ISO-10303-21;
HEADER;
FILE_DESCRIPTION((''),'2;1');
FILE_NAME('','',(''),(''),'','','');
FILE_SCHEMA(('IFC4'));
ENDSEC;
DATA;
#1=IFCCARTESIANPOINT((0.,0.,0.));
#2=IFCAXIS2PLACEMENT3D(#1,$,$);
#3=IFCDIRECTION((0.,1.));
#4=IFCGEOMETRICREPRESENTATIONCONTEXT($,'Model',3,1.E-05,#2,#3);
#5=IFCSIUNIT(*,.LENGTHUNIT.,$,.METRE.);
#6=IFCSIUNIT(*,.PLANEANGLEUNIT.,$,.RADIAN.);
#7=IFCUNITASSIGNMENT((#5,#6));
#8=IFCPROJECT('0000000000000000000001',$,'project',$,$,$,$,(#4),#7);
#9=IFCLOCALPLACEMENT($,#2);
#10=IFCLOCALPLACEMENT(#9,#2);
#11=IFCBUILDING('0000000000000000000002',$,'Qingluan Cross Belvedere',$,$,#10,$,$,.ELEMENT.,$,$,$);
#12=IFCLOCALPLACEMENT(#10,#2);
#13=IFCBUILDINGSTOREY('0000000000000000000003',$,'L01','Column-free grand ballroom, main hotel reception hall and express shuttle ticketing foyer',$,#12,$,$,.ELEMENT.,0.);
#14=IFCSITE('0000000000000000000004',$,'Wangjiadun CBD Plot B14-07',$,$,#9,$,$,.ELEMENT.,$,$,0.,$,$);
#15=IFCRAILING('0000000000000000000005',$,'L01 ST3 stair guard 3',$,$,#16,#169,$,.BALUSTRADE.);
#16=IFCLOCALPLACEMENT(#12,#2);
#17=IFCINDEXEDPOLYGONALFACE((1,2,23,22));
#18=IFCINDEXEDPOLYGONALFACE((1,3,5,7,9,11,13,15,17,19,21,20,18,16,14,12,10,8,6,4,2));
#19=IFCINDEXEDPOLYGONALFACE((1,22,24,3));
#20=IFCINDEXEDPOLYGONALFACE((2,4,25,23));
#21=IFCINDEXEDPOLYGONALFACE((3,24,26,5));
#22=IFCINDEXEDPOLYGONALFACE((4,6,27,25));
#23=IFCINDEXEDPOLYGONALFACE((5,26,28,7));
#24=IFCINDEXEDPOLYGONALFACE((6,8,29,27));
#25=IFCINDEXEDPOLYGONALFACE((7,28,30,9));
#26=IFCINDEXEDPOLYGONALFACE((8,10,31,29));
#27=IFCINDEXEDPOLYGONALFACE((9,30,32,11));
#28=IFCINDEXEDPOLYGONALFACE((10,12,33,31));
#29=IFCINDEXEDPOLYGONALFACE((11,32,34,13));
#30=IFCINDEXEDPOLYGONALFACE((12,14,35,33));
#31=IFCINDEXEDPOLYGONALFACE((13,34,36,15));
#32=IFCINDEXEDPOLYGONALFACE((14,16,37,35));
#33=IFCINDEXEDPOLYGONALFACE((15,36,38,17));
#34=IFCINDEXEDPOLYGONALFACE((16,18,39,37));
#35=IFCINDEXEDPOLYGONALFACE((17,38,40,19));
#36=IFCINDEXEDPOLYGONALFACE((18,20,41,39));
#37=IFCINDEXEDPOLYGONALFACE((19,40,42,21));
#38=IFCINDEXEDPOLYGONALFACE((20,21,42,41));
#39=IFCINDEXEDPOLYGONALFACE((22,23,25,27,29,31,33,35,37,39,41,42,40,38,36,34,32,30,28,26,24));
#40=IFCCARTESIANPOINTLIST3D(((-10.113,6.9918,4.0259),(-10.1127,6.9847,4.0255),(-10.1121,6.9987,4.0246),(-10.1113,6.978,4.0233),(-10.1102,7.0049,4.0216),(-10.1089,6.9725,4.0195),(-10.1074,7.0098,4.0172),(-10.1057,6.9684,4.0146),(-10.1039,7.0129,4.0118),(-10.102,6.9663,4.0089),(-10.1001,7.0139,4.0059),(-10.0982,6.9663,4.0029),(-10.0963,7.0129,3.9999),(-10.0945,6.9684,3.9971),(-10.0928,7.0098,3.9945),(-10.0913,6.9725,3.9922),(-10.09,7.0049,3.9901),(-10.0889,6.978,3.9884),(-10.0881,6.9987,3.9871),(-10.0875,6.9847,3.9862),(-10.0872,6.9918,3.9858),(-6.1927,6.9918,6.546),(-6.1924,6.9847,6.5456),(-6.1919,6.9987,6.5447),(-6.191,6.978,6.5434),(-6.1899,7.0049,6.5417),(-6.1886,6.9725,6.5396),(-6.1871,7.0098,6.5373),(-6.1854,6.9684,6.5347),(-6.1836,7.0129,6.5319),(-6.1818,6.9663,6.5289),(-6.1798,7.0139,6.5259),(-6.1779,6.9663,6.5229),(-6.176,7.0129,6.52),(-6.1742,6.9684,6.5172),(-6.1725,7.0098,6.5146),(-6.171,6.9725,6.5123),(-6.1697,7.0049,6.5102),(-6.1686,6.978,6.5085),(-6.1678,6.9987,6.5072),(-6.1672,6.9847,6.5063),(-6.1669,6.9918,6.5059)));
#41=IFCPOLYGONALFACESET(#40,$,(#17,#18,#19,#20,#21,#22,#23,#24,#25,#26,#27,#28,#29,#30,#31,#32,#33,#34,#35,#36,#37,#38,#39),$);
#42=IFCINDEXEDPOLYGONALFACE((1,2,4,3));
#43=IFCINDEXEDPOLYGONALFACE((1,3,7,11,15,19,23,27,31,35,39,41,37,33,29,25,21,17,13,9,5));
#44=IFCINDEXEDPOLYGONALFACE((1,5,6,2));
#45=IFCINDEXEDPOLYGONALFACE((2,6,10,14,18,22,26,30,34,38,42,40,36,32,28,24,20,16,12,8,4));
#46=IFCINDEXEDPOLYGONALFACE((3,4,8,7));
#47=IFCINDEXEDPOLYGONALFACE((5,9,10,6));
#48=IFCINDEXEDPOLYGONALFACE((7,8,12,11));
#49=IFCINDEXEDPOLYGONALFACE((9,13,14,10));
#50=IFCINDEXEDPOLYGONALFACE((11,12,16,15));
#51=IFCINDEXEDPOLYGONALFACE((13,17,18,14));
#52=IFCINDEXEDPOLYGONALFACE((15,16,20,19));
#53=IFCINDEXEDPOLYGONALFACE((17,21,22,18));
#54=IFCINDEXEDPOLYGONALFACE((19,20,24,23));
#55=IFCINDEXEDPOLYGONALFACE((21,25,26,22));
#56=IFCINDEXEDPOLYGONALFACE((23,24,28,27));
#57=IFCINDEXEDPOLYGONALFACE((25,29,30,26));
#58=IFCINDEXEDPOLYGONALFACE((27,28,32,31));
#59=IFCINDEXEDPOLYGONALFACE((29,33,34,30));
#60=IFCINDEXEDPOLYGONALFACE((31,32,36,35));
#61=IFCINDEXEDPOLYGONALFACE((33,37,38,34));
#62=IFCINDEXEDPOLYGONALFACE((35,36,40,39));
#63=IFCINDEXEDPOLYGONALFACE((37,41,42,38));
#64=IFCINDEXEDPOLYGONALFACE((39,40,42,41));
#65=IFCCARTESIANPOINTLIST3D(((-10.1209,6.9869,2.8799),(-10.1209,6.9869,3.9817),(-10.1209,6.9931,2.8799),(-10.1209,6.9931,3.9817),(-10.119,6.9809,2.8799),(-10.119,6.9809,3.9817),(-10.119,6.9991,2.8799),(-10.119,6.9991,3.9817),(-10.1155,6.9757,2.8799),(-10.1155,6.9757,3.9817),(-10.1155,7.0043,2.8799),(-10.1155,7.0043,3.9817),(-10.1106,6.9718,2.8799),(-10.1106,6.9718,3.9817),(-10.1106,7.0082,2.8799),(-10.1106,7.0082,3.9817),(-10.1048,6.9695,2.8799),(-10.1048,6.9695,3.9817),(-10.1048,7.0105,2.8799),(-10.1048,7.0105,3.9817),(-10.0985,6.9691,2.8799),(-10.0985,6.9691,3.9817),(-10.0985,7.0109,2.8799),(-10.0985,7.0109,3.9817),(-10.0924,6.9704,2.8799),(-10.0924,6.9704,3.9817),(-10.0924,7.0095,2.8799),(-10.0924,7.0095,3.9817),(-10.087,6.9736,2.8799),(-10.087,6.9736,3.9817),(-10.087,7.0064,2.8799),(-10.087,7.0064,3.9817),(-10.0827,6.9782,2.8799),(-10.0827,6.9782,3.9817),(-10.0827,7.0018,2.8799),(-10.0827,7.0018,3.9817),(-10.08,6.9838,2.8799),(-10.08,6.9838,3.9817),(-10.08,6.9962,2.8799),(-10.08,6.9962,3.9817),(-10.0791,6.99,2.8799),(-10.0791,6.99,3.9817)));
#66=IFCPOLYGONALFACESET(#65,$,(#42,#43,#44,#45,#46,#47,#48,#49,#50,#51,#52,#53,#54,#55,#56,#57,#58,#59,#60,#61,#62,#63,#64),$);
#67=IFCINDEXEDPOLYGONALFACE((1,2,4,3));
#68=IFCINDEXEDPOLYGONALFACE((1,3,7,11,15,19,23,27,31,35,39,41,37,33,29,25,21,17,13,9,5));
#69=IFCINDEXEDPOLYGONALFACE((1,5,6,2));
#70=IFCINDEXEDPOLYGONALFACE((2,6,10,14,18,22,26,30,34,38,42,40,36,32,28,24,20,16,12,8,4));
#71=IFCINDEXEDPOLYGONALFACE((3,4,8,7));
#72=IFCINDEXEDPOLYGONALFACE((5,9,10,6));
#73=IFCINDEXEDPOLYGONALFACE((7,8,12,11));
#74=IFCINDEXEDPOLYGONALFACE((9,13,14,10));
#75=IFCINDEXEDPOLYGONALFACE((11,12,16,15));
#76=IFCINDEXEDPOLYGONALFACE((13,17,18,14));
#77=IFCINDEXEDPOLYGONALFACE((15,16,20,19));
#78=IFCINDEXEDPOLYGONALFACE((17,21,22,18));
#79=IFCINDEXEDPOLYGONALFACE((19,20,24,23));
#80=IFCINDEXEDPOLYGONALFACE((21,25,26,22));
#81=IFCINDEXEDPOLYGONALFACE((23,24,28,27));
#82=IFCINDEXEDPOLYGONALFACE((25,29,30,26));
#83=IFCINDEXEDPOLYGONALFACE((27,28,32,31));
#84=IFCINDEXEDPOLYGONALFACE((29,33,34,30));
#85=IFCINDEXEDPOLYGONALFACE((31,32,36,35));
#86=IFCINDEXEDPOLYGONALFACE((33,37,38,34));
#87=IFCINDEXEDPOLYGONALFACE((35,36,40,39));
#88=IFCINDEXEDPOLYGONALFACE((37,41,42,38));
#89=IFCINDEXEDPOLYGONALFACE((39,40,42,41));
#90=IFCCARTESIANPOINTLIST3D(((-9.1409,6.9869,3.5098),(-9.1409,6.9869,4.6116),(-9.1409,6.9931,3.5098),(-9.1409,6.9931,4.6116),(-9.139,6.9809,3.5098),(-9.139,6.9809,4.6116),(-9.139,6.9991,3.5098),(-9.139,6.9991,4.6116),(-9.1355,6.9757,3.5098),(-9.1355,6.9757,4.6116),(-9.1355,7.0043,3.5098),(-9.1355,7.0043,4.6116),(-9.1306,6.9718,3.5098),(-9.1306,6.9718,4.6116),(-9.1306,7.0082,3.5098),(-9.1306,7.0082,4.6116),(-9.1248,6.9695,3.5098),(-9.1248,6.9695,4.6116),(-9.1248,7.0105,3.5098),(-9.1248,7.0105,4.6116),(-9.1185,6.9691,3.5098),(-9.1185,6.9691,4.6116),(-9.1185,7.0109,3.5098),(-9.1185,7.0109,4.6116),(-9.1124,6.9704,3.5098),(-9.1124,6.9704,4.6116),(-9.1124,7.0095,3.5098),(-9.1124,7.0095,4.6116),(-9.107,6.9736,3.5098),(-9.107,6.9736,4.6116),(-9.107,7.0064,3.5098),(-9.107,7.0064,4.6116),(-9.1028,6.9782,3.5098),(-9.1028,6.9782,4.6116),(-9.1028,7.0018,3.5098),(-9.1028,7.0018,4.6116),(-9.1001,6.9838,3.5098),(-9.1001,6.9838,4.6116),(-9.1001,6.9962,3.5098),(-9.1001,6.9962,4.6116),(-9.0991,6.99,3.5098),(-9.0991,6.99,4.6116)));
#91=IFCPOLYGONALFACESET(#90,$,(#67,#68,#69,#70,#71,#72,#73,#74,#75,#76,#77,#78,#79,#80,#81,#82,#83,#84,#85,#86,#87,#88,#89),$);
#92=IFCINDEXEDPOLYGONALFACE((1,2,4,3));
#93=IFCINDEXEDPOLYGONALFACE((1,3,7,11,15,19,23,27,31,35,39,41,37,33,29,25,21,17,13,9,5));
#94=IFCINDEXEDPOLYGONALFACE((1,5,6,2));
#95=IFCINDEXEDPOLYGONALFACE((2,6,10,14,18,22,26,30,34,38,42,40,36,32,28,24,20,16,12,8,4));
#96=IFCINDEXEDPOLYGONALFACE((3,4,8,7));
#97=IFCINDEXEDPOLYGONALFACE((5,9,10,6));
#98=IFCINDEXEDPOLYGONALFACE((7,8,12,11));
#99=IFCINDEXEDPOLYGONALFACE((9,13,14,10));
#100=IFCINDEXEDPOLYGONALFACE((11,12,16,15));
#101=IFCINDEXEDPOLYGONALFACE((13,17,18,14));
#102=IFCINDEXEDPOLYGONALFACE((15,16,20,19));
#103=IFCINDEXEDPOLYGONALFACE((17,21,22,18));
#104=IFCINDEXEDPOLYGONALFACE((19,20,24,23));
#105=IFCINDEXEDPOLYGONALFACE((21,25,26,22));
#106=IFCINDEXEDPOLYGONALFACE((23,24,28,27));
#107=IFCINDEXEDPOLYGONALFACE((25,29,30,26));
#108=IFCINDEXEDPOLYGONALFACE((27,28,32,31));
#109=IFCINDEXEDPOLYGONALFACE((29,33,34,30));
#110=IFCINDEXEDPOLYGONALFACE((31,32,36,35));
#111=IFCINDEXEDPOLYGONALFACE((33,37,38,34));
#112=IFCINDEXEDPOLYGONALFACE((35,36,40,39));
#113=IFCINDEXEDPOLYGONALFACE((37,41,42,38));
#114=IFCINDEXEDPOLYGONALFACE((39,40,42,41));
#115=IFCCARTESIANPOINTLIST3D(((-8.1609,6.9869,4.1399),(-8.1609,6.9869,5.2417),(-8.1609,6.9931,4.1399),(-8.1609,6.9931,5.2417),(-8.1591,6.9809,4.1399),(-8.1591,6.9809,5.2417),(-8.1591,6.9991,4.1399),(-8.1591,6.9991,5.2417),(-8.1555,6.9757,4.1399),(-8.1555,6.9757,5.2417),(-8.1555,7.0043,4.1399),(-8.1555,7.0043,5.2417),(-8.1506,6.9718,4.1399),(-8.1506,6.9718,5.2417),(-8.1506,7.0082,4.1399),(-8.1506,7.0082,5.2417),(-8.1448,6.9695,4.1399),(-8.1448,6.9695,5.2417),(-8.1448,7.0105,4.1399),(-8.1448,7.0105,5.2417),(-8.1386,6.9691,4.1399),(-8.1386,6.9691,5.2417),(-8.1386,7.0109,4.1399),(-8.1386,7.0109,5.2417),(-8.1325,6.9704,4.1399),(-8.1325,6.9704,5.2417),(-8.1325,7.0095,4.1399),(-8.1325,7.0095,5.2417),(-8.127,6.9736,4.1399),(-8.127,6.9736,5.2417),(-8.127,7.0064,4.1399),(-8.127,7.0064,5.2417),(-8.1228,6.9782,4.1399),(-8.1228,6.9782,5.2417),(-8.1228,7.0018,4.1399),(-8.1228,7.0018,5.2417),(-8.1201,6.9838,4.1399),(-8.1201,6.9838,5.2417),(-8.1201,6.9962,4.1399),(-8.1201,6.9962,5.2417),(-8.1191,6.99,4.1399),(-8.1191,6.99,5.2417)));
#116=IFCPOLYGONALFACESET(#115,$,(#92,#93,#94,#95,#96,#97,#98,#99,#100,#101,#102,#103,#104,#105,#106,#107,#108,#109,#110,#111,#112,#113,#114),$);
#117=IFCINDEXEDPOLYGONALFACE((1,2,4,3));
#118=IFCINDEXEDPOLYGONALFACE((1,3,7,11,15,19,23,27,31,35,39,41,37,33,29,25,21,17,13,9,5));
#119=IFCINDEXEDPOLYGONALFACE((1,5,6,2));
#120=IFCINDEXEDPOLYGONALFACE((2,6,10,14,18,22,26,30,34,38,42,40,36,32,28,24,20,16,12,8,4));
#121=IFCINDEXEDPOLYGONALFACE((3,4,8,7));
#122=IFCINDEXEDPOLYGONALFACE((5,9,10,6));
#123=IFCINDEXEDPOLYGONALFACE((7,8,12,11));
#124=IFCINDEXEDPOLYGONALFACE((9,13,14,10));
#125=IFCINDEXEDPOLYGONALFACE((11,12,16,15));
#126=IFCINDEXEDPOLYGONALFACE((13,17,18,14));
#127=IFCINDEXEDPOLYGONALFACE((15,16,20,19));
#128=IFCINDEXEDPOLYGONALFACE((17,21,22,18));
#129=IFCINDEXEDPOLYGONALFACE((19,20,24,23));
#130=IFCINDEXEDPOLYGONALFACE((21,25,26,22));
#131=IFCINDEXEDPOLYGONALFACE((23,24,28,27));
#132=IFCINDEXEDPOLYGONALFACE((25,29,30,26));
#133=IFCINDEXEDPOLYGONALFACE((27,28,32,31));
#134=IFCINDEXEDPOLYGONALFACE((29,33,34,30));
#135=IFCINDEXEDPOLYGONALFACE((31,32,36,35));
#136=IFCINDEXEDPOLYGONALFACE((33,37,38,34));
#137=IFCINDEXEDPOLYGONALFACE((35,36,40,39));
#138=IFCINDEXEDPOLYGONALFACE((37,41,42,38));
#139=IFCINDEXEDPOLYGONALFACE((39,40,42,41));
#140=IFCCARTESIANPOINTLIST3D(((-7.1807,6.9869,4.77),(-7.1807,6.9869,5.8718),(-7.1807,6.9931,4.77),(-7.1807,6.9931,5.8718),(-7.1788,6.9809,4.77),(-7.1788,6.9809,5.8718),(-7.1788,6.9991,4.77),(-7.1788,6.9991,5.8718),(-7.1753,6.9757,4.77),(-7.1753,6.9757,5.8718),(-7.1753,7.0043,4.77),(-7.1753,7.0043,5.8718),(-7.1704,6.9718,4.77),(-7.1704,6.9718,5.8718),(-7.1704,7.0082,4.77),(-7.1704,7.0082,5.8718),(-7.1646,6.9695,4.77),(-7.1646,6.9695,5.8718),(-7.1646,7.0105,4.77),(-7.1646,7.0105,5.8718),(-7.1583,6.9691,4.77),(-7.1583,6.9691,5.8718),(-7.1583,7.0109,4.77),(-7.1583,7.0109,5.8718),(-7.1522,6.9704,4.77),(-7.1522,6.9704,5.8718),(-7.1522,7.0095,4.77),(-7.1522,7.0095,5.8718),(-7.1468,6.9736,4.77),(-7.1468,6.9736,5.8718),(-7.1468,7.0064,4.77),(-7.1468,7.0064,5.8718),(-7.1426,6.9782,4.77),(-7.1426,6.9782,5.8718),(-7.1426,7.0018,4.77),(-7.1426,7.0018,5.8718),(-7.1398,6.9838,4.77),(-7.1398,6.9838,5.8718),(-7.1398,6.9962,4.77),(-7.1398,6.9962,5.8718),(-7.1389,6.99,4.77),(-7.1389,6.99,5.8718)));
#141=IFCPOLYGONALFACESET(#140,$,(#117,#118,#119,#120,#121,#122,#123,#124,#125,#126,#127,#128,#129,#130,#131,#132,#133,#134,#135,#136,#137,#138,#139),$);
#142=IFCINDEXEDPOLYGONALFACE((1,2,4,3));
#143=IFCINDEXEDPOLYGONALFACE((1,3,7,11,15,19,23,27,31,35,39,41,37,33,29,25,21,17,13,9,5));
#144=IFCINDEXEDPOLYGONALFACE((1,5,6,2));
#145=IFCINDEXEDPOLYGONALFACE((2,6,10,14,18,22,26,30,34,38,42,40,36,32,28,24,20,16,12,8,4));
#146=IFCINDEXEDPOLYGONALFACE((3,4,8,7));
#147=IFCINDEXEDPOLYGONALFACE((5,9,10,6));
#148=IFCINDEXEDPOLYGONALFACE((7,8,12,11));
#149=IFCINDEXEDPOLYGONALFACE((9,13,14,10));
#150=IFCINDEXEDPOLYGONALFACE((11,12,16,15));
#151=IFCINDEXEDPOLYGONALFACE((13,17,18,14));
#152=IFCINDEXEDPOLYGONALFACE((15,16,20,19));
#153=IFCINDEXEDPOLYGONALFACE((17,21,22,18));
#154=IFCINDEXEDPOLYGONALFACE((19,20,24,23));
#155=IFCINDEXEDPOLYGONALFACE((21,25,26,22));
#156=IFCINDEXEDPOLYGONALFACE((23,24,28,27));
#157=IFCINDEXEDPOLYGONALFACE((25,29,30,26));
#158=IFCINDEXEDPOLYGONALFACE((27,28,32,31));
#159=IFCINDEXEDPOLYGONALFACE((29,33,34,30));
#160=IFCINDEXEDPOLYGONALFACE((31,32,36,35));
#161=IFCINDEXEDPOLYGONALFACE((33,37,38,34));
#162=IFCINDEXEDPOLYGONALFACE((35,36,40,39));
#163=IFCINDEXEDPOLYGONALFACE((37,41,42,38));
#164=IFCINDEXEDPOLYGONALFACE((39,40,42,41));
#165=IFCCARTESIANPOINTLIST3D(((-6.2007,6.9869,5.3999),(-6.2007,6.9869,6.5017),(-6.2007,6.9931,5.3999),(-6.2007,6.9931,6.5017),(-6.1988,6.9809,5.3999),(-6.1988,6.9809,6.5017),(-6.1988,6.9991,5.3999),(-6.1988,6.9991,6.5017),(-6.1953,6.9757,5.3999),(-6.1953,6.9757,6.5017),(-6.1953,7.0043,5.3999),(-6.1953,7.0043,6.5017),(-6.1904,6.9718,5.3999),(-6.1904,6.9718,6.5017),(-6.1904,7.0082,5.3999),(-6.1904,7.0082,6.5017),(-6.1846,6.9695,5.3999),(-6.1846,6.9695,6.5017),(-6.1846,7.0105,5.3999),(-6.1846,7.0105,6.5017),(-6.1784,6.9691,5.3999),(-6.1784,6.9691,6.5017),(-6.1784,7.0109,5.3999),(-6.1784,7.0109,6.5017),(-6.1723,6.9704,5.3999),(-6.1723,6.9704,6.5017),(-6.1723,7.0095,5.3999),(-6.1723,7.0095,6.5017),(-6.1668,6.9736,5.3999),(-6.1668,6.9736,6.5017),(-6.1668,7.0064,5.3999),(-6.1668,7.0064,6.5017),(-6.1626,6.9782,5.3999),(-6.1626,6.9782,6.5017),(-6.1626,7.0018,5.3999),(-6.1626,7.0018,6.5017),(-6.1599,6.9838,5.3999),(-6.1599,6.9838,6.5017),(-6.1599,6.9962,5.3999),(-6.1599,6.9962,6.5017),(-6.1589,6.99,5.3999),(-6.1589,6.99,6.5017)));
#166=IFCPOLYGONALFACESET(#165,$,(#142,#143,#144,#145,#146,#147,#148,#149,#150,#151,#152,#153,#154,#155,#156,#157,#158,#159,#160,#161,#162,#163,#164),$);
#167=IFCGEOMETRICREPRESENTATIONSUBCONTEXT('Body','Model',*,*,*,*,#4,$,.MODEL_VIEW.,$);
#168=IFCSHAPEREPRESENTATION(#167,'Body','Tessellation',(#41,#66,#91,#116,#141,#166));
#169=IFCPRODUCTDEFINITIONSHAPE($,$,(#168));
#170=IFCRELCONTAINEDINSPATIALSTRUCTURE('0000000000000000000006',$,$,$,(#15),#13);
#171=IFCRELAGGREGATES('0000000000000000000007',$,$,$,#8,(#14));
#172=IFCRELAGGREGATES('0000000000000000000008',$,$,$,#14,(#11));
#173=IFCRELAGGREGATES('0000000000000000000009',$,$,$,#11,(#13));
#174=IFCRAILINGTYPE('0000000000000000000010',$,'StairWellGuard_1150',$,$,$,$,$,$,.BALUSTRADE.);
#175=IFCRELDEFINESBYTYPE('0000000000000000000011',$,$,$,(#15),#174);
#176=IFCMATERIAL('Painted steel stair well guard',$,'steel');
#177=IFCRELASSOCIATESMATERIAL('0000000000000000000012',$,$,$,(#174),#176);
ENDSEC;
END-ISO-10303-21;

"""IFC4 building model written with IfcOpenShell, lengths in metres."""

from ifc_helpers import new_model, si_unit, direction, frame, origin, origin_2d, place, context, subcontext, project, spatial, circle, extrude, material, type_object, element, save


model = new_model("IFC4")

# Units and contexts
model_context = context("Model", 3, precision=1e-05, world=origin(), true_north=direction((0.0, 1.0)))
body_context = subcontext(model_context, "Body", "Model", "MODEL_VIEW")
ifc_project = project(units=[si_unit("LENGTHUNIT", "METRE"), si_unit("PLANEANGLEUNIT", "RADIAN")], contexts=[model_context])

# Site, building, storey
site_placement = place(None, origin())
site = spatial("IfcSite", under=ifc_project, at=site_placement, Name="Wangjiadun CBD Plot B14-07", CompositionType="ELEMENT", RefElevation=0.0)
building_placement = place(site_placement, origin())
building = spatial("IfcBuilding", under=site, at=building_placement, Name="Qingluan Cross Belvedere", CompositionType="ELEMENT")
storey_placement = place(building_placement, origin())
storey = spatial("IfcBuildingStorey", under=building, at=storey_placement, Name="L01", Description="Column-free grand ballroom, main hotel reception hall and express shuttle ticketing foyer", CompositionType="ELEMENT", Elevation=0.0)

# Railing
ifc_material_1 = material(Name="Painted steel stair well guard", Category="steel")
railing_type_1 = type_object("IfcRailingType", Name="StairWellGuard_1150", PredefinedType="BALUSTRADE", material=ifc_material_1)
railing_1_placement = place(storey_placement, frame((-10.1001, 6.99, 2.8799)))
element("IfcRailing", 1, at=railing_1_placement, inside=storey, type_object=railing_type_1, Name="L01 ST3 stair guard 3", PredefinedType="BALUSTRADE", context=body_context, shape_type="SweptSolid", body=[
    extrude(circle(Radius=0.0239, at=origin_2d()), frame((0.0, 0.0, 1.126), z_axis=(0.841187, 0.0, 0.540744), x_axis=(0.0, 1.0, 0.0)), (0.0, 0.0, 1.0), 4.6604),
    extrude(circle(Radius=0.021, at=origin_2d()), origin(), (0.0, 0.0, 1.0), 1.1018),
    extrude(circle(Radius=0.021, at=origin_2d()), frame((0.98, 0.0, 0.6299)), (0.0, 0.0, 1.0), 1.1018),
    extrude(circle(Radius=0.021, at=origin_2d()), frame((1.96, 0.0, 1.26)), (0.0, 0.0, 1.0), 1.1018),
    extrude(circle(Radius=0.021, at=origin_2d()), frame((2.9402, 0.0, 1.8901)), (0.0, 0.0, 1.0), 1.1018),
    extrude(circle(Radius=0.021, at=origin_2d()), frame((3.9202, 0.0, 2.52)), (0.0, 0.0, 1.0), 1.1018),
])

save(model, "model.ifc")
